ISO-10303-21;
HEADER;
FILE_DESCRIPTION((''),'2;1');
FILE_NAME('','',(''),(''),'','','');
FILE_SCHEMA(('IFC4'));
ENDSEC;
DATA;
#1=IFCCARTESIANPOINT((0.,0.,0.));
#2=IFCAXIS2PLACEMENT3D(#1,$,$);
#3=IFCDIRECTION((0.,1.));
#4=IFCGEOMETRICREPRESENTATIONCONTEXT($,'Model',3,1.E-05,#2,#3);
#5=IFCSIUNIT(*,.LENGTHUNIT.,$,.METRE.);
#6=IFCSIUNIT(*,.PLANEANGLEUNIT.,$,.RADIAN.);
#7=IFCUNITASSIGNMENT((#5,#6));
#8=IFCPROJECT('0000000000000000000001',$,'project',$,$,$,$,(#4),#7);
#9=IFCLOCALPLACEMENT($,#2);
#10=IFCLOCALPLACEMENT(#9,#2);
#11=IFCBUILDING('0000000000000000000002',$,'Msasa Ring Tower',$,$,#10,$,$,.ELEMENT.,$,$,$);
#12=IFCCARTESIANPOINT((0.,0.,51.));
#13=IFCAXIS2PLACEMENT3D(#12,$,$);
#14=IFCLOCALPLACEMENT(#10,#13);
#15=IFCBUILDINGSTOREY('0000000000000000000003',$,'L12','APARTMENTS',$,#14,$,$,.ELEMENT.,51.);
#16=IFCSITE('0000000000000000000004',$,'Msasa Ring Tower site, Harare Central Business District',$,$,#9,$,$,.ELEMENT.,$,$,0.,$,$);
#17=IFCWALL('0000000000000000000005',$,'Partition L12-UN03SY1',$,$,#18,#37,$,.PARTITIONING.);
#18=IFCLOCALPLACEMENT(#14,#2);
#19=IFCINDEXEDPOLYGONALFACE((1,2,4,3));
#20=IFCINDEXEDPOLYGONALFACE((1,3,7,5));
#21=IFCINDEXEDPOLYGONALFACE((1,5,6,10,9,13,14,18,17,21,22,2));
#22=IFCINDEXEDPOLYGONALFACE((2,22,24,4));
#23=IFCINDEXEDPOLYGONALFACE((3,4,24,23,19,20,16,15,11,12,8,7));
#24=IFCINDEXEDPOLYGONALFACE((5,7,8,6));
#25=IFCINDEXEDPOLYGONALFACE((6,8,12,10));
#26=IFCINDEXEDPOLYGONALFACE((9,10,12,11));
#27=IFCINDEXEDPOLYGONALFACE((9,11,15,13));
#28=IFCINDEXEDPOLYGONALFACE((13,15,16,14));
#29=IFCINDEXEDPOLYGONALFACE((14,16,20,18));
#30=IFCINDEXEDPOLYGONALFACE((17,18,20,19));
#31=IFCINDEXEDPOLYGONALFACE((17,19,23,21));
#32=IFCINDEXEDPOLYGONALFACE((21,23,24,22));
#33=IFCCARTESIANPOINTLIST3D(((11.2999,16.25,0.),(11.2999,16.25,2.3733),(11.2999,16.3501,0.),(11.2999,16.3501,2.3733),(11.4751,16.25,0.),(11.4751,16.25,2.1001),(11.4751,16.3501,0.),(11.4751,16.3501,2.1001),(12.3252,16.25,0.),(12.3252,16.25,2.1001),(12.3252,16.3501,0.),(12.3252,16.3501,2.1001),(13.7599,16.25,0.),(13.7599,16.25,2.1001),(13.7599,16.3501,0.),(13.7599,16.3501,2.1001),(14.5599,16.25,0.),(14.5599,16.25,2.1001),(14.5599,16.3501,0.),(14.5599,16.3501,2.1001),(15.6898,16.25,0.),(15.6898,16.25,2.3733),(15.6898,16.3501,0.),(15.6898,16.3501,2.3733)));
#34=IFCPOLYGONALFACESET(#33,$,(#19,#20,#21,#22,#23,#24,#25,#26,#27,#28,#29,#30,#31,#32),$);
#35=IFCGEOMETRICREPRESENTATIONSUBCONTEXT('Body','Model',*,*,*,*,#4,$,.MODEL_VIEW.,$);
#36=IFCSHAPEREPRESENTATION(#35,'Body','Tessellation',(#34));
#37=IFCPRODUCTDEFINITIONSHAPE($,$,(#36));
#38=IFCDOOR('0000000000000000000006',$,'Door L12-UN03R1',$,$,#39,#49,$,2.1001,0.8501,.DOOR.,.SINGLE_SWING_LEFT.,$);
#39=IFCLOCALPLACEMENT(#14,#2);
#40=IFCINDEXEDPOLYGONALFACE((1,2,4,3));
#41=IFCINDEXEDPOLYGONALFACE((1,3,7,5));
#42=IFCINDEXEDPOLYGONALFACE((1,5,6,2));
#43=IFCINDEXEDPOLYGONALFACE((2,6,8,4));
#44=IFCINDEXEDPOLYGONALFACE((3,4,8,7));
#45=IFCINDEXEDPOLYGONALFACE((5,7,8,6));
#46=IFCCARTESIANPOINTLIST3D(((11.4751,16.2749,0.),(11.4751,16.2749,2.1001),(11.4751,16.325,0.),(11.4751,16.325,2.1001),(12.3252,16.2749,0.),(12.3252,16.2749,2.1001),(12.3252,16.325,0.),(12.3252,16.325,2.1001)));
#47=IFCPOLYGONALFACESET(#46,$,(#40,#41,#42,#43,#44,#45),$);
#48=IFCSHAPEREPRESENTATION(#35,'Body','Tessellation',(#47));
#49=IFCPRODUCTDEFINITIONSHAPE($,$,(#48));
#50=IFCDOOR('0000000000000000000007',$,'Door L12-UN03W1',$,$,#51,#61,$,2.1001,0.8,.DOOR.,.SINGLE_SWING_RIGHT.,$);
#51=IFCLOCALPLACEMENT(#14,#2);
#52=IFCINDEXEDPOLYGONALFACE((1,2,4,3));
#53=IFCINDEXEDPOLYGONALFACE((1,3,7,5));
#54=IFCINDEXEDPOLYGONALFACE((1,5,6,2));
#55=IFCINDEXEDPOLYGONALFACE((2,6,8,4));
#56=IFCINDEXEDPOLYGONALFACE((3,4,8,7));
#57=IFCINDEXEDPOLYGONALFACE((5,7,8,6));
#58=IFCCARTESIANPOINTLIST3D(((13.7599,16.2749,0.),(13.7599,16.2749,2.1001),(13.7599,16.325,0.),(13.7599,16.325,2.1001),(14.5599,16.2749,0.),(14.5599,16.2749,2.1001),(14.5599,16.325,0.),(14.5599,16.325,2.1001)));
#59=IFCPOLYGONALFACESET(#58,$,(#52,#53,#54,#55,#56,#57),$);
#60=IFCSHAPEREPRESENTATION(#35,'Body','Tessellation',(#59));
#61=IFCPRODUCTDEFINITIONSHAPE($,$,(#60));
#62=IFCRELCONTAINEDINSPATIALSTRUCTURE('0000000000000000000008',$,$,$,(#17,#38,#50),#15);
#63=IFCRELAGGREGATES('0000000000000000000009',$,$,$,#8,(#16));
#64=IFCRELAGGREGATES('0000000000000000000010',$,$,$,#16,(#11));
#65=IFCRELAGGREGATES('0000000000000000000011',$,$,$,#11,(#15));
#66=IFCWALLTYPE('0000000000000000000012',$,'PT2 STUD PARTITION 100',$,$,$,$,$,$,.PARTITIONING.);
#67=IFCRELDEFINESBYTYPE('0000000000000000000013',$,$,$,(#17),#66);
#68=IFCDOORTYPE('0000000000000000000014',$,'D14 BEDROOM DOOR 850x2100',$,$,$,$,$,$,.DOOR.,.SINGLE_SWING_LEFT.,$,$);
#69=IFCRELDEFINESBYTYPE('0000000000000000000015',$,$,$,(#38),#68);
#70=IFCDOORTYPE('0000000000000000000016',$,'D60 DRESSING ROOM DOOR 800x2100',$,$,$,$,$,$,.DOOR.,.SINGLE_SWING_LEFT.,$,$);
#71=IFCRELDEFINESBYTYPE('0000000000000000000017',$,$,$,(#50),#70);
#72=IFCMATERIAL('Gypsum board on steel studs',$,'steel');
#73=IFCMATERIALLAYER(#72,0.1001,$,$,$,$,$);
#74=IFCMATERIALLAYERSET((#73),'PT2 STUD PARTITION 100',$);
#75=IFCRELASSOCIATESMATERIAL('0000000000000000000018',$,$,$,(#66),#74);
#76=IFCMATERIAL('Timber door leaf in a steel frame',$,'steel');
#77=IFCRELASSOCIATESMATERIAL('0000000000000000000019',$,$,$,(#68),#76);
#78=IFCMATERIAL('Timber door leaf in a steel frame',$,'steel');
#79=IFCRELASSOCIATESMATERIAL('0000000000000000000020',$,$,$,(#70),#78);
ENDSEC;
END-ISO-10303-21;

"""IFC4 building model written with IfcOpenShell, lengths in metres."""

from ifc_helpers import new_model, si_unit, direction, frame, frame_2d, origin, place, context, subcontext, project, spatial, rectangle, extrude, material, layer, layer_set, type_object, element, fill, save


model = new_model("IFC4")

# Units and contexts
model_context = context("Model", 3, precision=1e-05, world=origin(), true_north=direction((0.0, 1.0)))
body_context = subcontext(model_context, "Body", "Model", "MODEL_VIEW")
ifc_project = project(units=[si_unit("LENGTHUNIT", "METRE"), si_unit("PLANEANGLEUNIT", "RADIAN")], contexts=[model_context])

# Site, building, storey
site_placement = place(None, origin())
site = spatial("IfcSite", under=ifc_project, at=site_placement, Name="Msasa Ring Tower site, Harare Central Business District", CompositionType="ELEMENT", RefElevation=0.0)
building_placement = place(site_placement, origin())
building = spatial("IfcBuilding", under=site, at=building_placement, Name="Msasa Ring Tower", CompositionType="ELEMENT")
storey_placement = place(building_placement, frame((0.0, 0.0, 51.0)))
storey = spatial("IfcBuildingStorey", under=building, at=storey_placement, Name="L12", Description="APARTMENTS", CompositionType="ELEMENT", Elevation=51.0)

# Shared definitions
ifc_material_1 = material(Name="Gypsum board on steel studs", Category="steel")
ifc_layer_1 = layer(ifc_material_1, 0.1001)
ifc_layer_set_1 = layer_set([ifc_layer_1], Name="PT2 STUD PARTITION 100")
wall_type_1 = type_object("IfcWallType", Name="PT2 STUD PARTITION 100", PredefinedType="PARTITIONING", material=ifc_layer_set_1)
ifc_material_2 = material(Name="Timber door leaf in a steel frame", Category="steel")
door_type_1 = type_object("IfcDoorType", Name="D14 BEDROOM DOOR 850x2100", OperationType="SINGLE_SWING_LEFT", PredefinedType="DOOR", material=ifc_material_2)
ifc_material_3 = material(Name="Timber door leaf in a steel frame", Category="steel")
door_type_2 = type_object("IfcDoorType", Name="D60 DRESSING ROOM DOOR 800x2100", OperationType="SINGLE_SWING_LEFT", PredefinedType="DOOR", material=ifc_material_3)

# Wall, openings, doors
wall_1_placement = place(storey_placement, frame((11.3, 16.3, 0.0), z_axis=(0.0, 0.0, 1.0), x_axis=(1.0, 0.0, 0.0)))
wall_1 = element("IfcWall", 1, at=wall_1_placement, inside=storey, type_object=wall_type_1, Name="Partition L12-UN03SY1", PredefinedType="PARTITIONING", context=body_context, shape_type="SweptSolid", body=[
    extrude(rectangle(XDim=4.3899, YDim=0.1001, at=frame_2d((2.1948, 0.0))), origin(), (0.0, 0.0, 1.0), 2.3733),
])
opening_1_placement = place(wall_1_placement, frame((0.175, 0.0, 0.0)))
opening_1 = element("IfcOpeningElement", 2, at=opening_1_placement, cuts=wall_1, PredefinedType="OPENING", context=body_context, shape_type="SweptSolid", body=[
    extrude(rectangle(XDim=0.8501, YDim=2.1001, at=frame_2d((0.425, 1.05))), frame((0.0, 0.0601, 0.0), z_axis=(0.0, -1.0, 0.0), x_axis=(1.0, 0.0, 0.0)), (0.0, 0.0, 1.0), 0.1201),
])
opening_2_placement = place(wall_1_placement, frame((2.46, 0.0, 0.0)))
opening_2 = element("IfcOpeningElement", 3, at=opening_2_placement, cuts=wall_1, PredefinedType="OPENING", context=body_context, shape_type="SweptSolid", body=[
    extrude(rectangle(XDim=0.8, YDim=2.1001, at=frame_2d((0.3999, 1.05))), frame((0.0, 0.0601, 0.0), z_axis=(0.0, -1.0, 0.0), x_axis=(1.0, 0.0, 0.0)), (0.0, 0.0, 1.0), 0.1201),
])
door_1_placement = place(opening_1_placement, origin())
door_1 = element("IfcDoor", 4, at=door_1_placement, inside=storey, type_object=door_type_1, Name="Door L12-UN03R1", OperationType="SINGLE_SWING_LEFT", OverallHeight=2.1001, OverallWidth=0.8501, PredefinedType="DOOR", context=body_context, shape_type="SweptSolid", body=[
    extrude(rectangle(XDim=0.8501, YDim=2.1001, at=frame_2d((0.425, 1.05))), frame((0.0, 0.0249, 0.0), z_axis=(0.0, -1.0, 0.0), x_axis=(1.0, 0.0, 0.0)), (0.0, 0.0, 1.0), 0.05),
])
fill(opening_1, door_1)
door_2_placement = place(opening_2_placement, origin())
door_2 = element("IfcDoor", 5, at=door_2_placement, inside=storey, type_object=door_type_2, Name="Door L12-UN03W1", OperationType="SINGLE_SWING_RIGHT", OverallHeight=2.1001, OverallWidth=0.8, PredefinedType="DOOR", context=body_context, shape_type="SweptSolid", body=[
    extrude(rectangle(XDim=0.8, YDim=2.1001, at=frame_2d((0.3999, 1.05))), frame((0.0, 0.0249, 0.0), z_axis=(0.0, -1.0, 0.0), x_axis=(1.0, 0.0, 0.0)), (0.0, 0.0, 1.0), 0.05),
])
fill(opening_2, door_2)

save(model, "model.ifc")
